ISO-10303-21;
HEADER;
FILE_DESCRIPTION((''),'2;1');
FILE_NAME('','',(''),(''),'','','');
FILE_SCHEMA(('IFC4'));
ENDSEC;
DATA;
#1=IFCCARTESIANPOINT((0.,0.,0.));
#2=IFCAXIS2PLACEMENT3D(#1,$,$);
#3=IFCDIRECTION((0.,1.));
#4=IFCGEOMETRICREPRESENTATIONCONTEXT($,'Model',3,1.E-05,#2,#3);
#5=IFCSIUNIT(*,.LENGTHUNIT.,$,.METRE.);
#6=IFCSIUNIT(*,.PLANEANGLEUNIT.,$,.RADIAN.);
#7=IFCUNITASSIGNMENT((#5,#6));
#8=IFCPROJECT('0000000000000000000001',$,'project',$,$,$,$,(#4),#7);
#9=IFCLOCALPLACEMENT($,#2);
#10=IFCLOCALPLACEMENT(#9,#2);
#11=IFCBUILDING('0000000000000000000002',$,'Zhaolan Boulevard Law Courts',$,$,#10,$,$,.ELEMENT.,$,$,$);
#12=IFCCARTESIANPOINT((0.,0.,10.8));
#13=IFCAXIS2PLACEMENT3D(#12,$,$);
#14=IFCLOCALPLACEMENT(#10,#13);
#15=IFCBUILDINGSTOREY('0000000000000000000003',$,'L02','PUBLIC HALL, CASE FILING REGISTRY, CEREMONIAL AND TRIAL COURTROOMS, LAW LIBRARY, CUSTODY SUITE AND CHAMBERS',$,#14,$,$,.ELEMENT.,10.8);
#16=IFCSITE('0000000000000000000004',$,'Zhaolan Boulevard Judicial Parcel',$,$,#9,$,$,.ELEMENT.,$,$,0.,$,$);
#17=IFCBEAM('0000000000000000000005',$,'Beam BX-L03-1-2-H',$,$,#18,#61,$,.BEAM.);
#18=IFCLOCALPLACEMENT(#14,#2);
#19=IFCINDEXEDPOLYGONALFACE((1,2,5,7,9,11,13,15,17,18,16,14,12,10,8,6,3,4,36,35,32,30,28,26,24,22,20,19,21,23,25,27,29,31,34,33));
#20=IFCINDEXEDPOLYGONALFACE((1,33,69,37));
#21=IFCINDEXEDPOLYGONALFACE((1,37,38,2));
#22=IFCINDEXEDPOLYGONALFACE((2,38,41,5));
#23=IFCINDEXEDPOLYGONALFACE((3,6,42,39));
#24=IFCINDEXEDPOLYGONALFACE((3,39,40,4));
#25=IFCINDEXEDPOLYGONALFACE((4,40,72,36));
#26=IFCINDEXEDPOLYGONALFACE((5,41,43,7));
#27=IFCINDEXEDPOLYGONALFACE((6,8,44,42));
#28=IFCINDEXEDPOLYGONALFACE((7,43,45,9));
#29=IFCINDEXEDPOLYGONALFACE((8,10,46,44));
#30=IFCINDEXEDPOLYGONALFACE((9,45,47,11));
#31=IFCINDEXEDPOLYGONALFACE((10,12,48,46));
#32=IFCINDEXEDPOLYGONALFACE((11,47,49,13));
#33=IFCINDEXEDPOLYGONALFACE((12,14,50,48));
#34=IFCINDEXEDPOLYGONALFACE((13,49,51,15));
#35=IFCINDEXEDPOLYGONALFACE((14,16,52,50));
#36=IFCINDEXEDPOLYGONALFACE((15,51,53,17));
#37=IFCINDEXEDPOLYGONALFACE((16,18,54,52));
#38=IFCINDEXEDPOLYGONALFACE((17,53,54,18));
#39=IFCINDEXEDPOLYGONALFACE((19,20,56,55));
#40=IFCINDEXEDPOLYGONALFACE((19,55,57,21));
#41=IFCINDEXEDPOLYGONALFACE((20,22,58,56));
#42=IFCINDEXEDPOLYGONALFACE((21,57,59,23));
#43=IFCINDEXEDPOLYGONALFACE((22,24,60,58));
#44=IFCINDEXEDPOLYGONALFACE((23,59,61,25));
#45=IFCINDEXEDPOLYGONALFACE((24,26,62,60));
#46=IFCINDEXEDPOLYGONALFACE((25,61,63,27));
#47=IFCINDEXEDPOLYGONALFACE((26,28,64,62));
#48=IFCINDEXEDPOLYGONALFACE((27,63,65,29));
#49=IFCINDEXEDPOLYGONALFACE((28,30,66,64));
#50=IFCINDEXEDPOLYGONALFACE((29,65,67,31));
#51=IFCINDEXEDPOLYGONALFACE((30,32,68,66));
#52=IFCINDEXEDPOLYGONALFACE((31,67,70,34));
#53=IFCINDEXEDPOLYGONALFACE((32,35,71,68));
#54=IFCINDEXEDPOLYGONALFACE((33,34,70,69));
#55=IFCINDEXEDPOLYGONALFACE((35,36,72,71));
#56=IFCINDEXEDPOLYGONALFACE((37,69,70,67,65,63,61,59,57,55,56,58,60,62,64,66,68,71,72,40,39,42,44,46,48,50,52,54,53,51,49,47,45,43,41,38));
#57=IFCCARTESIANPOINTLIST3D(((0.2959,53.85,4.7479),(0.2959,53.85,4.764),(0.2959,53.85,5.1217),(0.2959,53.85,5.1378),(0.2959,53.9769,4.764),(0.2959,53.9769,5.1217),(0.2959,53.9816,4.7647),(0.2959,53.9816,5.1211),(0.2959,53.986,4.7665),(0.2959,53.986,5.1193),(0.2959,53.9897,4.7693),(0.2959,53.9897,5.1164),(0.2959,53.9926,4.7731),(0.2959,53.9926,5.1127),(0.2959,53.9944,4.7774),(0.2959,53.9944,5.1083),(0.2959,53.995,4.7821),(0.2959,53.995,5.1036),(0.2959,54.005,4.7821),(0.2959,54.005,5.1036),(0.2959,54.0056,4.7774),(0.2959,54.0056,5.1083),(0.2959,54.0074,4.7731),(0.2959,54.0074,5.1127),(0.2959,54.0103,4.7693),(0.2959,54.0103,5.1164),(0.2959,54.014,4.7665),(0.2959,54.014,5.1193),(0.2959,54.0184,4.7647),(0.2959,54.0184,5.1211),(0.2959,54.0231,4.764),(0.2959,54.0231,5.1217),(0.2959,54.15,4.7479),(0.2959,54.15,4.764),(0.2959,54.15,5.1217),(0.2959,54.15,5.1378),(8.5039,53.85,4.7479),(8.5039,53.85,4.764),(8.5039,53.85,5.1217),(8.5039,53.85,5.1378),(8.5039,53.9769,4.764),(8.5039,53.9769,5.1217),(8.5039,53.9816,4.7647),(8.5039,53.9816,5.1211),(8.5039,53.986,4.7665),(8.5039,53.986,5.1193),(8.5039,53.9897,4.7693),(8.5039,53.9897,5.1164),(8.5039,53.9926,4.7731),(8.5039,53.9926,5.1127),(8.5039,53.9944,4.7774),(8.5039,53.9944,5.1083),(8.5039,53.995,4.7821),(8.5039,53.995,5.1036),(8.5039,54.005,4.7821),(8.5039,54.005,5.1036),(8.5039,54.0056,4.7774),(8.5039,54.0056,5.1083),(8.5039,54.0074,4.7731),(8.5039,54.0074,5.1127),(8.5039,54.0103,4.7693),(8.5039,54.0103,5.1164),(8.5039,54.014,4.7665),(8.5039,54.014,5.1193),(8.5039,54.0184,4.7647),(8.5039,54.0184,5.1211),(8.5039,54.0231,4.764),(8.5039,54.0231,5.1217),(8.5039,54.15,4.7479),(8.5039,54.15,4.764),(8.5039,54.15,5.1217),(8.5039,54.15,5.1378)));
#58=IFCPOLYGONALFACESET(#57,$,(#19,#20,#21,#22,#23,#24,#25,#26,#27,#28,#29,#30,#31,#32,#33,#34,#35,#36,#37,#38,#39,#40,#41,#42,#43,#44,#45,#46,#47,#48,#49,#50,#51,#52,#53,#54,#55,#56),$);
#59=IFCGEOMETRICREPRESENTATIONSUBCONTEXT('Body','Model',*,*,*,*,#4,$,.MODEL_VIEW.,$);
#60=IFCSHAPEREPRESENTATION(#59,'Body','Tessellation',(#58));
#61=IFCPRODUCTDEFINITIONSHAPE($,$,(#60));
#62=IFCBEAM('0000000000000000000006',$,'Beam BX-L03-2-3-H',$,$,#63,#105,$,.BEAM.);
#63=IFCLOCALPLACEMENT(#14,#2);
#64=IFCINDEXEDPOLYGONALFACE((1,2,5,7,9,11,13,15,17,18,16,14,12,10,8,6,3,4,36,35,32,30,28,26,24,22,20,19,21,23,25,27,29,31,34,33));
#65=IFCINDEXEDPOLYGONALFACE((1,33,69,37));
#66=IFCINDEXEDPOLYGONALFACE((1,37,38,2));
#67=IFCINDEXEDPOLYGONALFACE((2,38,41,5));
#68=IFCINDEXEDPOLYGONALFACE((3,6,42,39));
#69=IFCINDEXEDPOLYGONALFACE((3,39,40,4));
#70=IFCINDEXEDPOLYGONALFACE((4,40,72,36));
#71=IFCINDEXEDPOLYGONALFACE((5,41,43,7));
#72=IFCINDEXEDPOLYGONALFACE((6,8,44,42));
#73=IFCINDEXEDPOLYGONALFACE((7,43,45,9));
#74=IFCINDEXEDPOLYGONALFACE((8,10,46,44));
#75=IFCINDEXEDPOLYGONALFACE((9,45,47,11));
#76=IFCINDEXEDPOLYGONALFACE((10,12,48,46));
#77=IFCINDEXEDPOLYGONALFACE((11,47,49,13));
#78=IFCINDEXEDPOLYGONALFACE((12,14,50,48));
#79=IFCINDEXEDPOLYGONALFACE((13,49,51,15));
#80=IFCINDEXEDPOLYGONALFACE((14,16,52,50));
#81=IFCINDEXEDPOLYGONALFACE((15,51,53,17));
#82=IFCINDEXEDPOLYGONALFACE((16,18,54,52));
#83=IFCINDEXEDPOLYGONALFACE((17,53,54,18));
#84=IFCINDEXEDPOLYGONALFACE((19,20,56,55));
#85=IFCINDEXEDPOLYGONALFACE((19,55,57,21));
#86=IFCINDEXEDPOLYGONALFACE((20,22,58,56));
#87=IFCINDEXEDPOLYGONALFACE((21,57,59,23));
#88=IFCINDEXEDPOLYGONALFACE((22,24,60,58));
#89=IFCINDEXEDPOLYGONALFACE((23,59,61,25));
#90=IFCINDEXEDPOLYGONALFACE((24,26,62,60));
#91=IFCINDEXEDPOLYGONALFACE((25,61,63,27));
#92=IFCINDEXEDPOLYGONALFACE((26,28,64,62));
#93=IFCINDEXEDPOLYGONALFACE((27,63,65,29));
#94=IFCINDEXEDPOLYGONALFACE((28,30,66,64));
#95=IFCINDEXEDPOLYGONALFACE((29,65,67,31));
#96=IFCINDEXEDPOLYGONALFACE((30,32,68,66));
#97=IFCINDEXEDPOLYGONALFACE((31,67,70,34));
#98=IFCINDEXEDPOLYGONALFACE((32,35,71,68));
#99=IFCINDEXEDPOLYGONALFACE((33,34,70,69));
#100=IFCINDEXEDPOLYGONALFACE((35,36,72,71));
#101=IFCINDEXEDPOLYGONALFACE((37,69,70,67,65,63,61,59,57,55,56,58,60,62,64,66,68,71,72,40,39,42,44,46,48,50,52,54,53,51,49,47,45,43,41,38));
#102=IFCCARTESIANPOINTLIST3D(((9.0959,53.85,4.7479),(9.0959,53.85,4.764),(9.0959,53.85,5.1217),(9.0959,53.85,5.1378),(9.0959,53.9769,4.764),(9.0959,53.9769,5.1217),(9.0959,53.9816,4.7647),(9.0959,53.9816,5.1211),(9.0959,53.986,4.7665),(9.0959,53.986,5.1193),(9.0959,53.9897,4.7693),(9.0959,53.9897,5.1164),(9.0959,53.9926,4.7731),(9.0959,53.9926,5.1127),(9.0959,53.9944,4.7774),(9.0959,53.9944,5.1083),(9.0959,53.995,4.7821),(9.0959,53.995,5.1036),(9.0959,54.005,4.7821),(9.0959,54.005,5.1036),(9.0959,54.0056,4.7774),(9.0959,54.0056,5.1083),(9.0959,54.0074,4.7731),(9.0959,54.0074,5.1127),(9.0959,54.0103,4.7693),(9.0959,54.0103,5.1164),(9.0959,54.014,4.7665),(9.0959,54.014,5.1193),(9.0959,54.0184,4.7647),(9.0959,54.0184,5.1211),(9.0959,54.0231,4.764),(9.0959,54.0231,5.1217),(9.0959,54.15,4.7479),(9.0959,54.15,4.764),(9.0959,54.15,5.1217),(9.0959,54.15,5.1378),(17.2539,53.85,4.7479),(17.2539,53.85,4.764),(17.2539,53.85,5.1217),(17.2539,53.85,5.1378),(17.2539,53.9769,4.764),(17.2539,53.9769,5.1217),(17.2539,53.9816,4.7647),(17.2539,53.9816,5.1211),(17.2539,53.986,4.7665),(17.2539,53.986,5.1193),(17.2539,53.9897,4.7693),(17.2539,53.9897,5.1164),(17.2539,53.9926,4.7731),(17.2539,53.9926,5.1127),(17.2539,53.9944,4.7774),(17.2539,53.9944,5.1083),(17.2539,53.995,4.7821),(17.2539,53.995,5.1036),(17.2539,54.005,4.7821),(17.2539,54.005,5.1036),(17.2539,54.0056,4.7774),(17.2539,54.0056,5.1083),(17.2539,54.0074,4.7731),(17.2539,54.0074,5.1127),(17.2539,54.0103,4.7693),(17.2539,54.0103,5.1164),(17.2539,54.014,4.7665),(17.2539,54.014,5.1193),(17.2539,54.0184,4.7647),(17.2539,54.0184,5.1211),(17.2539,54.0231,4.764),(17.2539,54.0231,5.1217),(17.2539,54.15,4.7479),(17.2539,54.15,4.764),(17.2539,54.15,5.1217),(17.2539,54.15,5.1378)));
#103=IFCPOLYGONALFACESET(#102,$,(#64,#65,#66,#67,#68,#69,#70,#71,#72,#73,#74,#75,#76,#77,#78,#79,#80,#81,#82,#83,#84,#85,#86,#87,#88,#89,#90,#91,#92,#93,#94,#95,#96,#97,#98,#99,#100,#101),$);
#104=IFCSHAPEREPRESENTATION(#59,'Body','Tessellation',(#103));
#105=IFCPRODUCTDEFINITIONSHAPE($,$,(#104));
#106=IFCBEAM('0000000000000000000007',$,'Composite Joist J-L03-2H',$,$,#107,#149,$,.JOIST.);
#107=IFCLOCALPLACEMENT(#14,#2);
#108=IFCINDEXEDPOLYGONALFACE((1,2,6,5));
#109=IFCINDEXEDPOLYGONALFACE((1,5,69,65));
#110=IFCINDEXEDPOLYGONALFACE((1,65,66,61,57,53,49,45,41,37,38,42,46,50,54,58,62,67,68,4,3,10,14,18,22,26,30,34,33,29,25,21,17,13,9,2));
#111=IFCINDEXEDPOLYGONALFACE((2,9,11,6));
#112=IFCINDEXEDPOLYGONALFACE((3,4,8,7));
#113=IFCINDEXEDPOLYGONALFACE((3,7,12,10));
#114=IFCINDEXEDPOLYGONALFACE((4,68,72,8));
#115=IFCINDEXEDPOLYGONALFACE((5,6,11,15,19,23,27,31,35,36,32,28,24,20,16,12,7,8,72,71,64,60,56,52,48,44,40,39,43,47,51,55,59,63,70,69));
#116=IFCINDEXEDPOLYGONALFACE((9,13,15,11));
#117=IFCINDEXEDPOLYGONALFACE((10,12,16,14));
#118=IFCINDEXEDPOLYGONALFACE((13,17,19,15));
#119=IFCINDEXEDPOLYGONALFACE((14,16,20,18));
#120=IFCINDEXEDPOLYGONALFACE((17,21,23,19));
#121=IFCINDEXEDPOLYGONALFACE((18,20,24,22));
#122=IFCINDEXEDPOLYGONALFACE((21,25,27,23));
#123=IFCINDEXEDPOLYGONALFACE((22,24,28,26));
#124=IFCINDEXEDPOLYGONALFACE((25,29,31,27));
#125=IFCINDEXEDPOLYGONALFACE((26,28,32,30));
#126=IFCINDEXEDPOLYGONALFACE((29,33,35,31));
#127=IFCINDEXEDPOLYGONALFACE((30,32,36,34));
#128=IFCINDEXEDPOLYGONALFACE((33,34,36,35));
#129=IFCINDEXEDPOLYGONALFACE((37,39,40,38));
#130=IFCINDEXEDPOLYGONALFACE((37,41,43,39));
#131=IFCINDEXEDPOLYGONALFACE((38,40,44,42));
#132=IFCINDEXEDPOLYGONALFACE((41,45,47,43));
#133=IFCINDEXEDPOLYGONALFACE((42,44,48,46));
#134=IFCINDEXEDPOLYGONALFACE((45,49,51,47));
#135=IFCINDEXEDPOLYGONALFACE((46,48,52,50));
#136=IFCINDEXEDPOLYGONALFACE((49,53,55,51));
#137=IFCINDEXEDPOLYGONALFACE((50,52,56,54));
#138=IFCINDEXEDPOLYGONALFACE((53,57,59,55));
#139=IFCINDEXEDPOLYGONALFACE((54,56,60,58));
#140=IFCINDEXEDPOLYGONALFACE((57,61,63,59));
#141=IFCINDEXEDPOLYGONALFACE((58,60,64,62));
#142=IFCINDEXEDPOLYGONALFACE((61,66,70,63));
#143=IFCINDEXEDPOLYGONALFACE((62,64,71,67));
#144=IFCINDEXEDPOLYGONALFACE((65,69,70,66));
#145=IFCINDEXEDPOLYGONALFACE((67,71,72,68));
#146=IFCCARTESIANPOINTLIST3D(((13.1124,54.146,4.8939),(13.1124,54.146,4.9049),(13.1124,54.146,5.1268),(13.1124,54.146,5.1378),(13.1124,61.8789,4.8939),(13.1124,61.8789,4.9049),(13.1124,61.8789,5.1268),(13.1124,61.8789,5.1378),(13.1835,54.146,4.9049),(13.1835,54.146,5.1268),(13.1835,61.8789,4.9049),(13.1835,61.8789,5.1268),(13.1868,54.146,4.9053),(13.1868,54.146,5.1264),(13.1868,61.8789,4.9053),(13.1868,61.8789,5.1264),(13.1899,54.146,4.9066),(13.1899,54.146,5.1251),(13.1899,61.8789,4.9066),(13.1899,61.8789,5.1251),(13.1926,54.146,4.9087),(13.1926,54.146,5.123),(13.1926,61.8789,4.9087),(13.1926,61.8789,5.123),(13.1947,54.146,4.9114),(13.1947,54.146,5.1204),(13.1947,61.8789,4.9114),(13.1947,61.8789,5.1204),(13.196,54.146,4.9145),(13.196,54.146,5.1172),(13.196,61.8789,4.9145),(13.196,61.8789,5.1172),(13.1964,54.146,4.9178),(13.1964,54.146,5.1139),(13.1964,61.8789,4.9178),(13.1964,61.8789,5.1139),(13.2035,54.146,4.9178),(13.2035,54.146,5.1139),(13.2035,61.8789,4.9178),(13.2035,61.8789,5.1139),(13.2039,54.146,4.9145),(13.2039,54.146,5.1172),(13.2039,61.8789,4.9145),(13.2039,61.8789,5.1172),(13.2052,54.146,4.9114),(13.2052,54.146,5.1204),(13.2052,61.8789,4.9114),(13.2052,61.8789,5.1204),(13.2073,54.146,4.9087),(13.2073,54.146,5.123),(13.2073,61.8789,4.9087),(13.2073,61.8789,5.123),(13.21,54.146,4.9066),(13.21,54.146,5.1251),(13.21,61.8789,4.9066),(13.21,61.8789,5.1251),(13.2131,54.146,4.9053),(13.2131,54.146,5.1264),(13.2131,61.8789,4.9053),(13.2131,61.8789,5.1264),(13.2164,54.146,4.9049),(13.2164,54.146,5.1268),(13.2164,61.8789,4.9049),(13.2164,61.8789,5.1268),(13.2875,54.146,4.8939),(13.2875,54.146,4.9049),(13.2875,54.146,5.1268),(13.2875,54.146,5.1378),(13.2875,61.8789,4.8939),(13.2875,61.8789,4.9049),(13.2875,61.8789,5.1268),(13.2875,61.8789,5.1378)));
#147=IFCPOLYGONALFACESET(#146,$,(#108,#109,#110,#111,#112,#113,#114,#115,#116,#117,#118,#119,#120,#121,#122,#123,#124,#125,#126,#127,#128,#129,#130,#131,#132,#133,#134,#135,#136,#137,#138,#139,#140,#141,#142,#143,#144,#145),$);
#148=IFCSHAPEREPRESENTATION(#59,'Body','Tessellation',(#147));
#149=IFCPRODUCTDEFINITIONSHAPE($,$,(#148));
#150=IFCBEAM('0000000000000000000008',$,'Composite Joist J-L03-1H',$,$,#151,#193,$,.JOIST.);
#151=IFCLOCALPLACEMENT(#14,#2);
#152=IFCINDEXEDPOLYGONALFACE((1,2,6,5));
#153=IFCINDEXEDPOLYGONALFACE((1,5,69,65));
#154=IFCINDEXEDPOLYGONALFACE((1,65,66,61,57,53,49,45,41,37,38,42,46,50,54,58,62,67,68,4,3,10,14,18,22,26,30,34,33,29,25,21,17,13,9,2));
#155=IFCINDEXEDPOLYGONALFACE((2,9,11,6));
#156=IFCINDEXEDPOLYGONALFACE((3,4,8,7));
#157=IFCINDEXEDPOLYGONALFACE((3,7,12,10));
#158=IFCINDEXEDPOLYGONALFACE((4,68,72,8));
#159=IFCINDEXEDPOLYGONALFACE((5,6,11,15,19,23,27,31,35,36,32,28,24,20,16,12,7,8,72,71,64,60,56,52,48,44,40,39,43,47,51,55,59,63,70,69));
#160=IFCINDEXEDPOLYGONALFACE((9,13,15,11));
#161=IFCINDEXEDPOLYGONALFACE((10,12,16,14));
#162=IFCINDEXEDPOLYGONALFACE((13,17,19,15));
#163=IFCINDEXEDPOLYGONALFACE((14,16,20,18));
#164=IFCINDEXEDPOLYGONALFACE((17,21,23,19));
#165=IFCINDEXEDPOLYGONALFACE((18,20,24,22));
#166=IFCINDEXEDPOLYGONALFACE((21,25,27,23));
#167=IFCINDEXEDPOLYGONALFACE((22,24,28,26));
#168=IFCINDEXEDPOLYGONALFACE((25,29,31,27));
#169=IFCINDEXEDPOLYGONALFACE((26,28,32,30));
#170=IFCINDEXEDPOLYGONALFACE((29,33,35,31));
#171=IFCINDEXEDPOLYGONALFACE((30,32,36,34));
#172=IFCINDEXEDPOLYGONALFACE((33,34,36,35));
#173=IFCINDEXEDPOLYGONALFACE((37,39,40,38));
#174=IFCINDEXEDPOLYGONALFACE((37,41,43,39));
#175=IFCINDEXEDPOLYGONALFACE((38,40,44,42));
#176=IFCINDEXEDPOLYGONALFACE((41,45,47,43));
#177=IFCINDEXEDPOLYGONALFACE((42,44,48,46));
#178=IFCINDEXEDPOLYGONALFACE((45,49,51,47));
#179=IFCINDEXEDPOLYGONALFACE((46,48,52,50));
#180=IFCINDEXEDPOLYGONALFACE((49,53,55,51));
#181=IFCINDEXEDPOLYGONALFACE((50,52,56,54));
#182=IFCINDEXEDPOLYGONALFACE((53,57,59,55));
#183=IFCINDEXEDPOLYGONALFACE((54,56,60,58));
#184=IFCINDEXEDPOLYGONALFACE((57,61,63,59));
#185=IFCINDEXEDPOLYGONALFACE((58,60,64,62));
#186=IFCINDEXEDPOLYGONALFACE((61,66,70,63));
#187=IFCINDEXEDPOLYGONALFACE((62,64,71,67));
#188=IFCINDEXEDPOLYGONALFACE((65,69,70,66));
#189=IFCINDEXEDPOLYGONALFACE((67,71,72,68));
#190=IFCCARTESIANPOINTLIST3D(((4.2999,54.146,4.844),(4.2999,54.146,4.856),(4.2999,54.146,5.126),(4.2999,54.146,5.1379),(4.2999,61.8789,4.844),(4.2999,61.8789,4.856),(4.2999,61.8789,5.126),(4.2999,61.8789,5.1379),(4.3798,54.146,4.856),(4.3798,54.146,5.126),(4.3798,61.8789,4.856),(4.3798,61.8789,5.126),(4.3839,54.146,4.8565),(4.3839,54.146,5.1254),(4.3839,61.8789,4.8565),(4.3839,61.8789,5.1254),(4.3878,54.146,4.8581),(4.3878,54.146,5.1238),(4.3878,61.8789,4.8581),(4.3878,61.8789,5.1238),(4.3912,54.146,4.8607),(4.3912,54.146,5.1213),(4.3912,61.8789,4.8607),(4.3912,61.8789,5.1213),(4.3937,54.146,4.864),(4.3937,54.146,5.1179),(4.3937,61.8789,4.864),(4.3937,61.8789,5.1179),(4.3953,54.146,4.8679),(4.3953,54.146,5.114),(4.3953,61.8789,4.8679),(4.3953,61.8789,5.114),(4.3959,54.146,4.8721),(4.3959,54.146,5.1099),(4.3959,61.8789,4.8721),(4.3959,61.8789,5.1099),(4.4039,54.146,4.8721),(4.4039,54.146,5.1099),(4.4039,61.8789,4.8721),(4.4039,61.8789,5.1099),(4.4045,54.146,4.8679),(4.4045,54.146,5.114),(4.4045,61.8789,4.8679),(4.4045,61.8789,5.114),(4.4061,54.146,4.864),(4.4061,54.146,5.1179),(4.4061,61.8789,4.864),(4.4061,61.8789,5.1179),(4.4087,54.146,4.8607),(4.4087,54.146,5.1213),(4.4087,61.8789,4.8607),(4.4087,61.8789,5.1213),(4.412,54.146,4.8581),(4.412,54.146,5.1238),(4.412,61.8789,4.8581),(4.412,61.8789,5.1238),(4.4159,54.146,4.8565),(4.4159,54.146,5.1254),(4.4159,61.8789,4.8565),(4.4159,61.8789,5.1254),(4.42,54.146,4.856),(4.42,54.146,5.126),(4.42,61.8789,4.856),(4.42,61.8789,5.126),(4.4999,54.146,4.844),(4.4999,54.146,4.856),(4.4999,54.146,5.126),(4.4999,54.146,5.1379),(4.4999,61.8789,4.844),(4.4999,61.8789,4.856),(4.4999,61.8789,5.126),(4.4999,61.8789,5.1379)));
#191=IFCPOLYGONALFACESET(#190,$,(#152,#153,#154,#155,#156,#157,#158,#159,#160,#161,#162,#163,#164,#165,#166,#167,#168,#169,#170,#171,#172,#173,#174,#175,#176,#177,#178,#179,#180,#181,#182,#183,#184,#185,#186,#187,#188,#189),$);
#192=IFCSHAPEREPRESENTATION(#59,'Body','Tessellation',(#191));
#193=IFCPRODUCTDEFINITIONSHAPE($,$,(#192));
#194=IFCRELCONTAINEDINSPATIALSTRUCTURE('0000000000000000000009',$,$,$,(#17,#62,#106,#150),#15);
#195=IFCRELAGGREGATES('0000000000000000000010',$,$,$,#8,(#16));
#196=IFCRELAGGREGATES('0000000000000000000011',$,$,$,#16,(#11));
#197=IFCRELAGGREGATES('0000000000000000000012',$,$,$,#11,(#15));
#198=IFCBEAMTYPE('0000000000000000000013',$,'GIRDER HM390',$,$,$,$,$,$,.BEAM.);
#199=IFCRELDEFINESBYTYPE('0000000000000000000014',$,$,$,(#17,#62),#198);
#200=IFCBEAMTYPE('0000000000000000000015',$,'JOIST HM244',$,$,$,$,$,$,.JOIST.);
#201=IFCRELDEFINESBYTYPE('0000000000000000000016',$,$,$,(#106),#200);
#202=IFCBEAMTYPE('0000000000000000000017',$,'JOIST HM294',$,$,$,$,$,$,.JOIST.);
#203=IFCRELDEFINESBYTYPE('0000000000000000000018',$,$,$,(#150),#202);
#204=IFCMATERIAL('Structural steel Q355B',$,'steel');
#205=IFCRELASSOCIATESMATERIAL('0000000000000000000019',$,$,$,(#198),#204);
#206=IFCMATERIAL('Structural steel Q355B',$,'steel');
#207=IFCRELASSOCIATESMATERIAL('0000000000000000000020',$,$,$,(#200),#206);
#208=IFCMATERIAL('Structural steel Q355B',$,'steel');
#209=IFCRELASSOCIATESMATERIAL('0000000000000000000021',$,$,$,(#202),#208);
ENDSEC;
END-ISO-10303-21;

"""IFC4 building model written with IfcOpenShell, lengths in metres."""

from ifc_helpers import new_model, si_unit, direction, frame, origin, origin_2d, place, context, subcontext, project, spatial, i_section, extrude, material, material_profile, profile_set, type_object, element, save


model = new_model("IFC4")

# Units and contexts
model_context = context("Model", 3, precision=1e-05, world=origin(), true_north=direction((0.0, 1.0)))
body_context = subcontext(model_context, "Body", "Model", "MODEL_VIEW")
ifc_project = project(units=[si_unit("LENGTHUNIT", "METRE"), si_unit("PLANEANGLEUNIT", "RADIAN")], contexts=[model_context])

# Site, building, storey
site_placement = place(None, origin())
site = spatial("IfcSite", under=ifc_project, at=site_placement, Name="Zhaolan Boulevard Judicial Parcel", CompositionType="ELEMENT", RefElevation=0.0)
building_placement = place(site_placement, origin())
building = spatial("IfcBuilding", under=site, at=building_placement, Name="Zhaolan Boulevard Law Courts", CompositionType="ELEMENT")
storey_placement = place(building_placement, frame((0.0, 0.0, 10.8)))
storey = spatial("IfcBuildingStorey", under=building, at=storey_placement, Name="L02", Description="PUBLIC HALL, CASE FILING REGISTRY, CEREMONIAL AND TRIAL COURTROOMS, LAW LIBRARY, CUSTODY SUITE AND CHAMBERS", CompositionType="ELEMENT", Elevation=10.8)

# Beams
ifc_material_1 = material(Name="Structural steel Q355B", Category="steel")
ifc_material_profile_1 = material_profile(ifc_material_1, i_section(OverallWidth=0.3, OverallDepth=0.3899, WebThickness=0.01, FlangeThickness=0.0161, FilletRadius=0.0181, at=origin_2d()), Name="HM390x300")
ifc_profile_set_1 = profile_set([ifc_material_profile_1], Name="Structural steel Q355B")
beam_type_1 = type_object("IfcBeamType", Name="GIRDER HM390", PredefinedType="BEAM", material=ifc_profile_set_1)
beam_1_placement = place(storey_placement, frame((0.2959, 54.0, 4.9429), z_axis=(1.0, 0.0, 0.0), x_axis=(0.0, 1.0, 0.0)))
element("IfcBeam", 1, at=beam_1_placement, inside=storey, type_object=beam_type_1, Name="Beam BX-L03-1-2-H", PredefinedType="BEAM", context=body_context, shape_type="SweptSolid", body=[
    extrude(i_section(OverallWidth=0.3, OverallDepth=0.3899, WebThickness=0.01, FlangeThickness=0.0161, FilletRadius=0.0181, at=origin_2d()), origin(), (0.0, 0.0, 1.0), 8.208),
])
beam_2_placement = place(storey_placement, frame((9.0959, 54.0, 4.9429), z_axis=(1.0, 0.0, 0.0), x_axis=(0.0, 1.0, 0.0)))
element("IfcBeam", 2, at=beam_2_placement, inside=storey, type_object=beam_type_1, Name="Beam BX-L03-2-3-H", PredefinedType="BEAM", context=body_context, shape_type="SweptSolid", body=[
    extrude(i_section(OverallWidth=0.3, OverallDepth=0.3899, WebThickness=0.01, FlangeThickness=0.0161, FilletRadius=0.0181, at=origin_2d()), origin(), (0.0, 0.0, 1.0), 8.158),
])
ifc_material_2 = material(Name="Structural steel Q355B", Category="steel")
ifc_material_profile_2 = material_profile(ifc_material_2, i_section(OverallWidth=0.175, OverallDepth=0.2439, WebThickness=0.0071, FlangeThickness=0.011, FilletRadius=0.0129, at=origin_2d()), Name="HM244x175")
ifc_profile_set_2 = profile_set([ifc_material_profile_2], Name="Structural steel Q355B")
beam_type_2 = type_object("IfcBeamType", Name="JOIST HM244", PredefinedType="JOIST", material=ifc_profile_set_2)
beam_3_placement = place(storey_placement, frame((13.2, 54.146, 5.0159), z_axis=(0.0, 1.0, 0.0), x_axis=(-1.0, 0.0, 0.0)))
element("IfcBeam", 3, at=beam_3_placement, inside=storey, type_object=beam_type_2, Name="Composite Joist J-L03-2H", PredefinedType="JOIST", context=body_context, shape_type="SweptSolid", body=[
    extrude(i_section(OverallWidth=0.175, OverallDepth=0.2439, WebThickness=0.0071, FlangeThickness=0.011, FilletRadius=0.0129, at=origin_2d()), origin(), (0.0, 0.0, 1.0), 7.7329),
])
ifc_material_3 = material(Name="Structural steel Q355B", Category="steel")
ifc_material_profile_3 = material_profile(ifc_material_3, i_section(OverallWidth=0.2, OverallDepth=0.2939, WebThickness=0.0081, FlangeThickness=0.012, FilletRadius=0.0161, at=origin_2d()), Name="HM294x200")
ifc_profile_set_3 = profile_set([ifc_material_profile_3], Name="Structural steel Q355B")
beam_type_3 = type_object("IfcBeamType", Name="JOIST HM294", PredefinedType="JOIST", material=ifc_profile_set_3)
for number, where, z_axis, x_axis, name in (
    (4, (4.3999, 54.146, 4.991), (0.0, 1.0, 0.0), (-1.0, 0.0, 0.0), "Composite Joist J-L03-1H"),
):
    element("IfcBeam", number, at=place(storey_placement, frame(where, z_axis=z_axis, x_axis=x_axis)), inside=storey, type_object=beam_type_3, Name=name, PredefinedType="JOIST", context=body_context, shape_type="SweptSolid", body=[
        extrude(i_section(OverallWidth=0.2, OverallDepth=0.2939, WebThickness=0.0081, FlangeThickness=0.012, FilletRadius=0.0161, at=origin_2d()), origin(), (0.0, 0.0, 1.0), 7.7329),
    ])

save(model, "model.ifc")
